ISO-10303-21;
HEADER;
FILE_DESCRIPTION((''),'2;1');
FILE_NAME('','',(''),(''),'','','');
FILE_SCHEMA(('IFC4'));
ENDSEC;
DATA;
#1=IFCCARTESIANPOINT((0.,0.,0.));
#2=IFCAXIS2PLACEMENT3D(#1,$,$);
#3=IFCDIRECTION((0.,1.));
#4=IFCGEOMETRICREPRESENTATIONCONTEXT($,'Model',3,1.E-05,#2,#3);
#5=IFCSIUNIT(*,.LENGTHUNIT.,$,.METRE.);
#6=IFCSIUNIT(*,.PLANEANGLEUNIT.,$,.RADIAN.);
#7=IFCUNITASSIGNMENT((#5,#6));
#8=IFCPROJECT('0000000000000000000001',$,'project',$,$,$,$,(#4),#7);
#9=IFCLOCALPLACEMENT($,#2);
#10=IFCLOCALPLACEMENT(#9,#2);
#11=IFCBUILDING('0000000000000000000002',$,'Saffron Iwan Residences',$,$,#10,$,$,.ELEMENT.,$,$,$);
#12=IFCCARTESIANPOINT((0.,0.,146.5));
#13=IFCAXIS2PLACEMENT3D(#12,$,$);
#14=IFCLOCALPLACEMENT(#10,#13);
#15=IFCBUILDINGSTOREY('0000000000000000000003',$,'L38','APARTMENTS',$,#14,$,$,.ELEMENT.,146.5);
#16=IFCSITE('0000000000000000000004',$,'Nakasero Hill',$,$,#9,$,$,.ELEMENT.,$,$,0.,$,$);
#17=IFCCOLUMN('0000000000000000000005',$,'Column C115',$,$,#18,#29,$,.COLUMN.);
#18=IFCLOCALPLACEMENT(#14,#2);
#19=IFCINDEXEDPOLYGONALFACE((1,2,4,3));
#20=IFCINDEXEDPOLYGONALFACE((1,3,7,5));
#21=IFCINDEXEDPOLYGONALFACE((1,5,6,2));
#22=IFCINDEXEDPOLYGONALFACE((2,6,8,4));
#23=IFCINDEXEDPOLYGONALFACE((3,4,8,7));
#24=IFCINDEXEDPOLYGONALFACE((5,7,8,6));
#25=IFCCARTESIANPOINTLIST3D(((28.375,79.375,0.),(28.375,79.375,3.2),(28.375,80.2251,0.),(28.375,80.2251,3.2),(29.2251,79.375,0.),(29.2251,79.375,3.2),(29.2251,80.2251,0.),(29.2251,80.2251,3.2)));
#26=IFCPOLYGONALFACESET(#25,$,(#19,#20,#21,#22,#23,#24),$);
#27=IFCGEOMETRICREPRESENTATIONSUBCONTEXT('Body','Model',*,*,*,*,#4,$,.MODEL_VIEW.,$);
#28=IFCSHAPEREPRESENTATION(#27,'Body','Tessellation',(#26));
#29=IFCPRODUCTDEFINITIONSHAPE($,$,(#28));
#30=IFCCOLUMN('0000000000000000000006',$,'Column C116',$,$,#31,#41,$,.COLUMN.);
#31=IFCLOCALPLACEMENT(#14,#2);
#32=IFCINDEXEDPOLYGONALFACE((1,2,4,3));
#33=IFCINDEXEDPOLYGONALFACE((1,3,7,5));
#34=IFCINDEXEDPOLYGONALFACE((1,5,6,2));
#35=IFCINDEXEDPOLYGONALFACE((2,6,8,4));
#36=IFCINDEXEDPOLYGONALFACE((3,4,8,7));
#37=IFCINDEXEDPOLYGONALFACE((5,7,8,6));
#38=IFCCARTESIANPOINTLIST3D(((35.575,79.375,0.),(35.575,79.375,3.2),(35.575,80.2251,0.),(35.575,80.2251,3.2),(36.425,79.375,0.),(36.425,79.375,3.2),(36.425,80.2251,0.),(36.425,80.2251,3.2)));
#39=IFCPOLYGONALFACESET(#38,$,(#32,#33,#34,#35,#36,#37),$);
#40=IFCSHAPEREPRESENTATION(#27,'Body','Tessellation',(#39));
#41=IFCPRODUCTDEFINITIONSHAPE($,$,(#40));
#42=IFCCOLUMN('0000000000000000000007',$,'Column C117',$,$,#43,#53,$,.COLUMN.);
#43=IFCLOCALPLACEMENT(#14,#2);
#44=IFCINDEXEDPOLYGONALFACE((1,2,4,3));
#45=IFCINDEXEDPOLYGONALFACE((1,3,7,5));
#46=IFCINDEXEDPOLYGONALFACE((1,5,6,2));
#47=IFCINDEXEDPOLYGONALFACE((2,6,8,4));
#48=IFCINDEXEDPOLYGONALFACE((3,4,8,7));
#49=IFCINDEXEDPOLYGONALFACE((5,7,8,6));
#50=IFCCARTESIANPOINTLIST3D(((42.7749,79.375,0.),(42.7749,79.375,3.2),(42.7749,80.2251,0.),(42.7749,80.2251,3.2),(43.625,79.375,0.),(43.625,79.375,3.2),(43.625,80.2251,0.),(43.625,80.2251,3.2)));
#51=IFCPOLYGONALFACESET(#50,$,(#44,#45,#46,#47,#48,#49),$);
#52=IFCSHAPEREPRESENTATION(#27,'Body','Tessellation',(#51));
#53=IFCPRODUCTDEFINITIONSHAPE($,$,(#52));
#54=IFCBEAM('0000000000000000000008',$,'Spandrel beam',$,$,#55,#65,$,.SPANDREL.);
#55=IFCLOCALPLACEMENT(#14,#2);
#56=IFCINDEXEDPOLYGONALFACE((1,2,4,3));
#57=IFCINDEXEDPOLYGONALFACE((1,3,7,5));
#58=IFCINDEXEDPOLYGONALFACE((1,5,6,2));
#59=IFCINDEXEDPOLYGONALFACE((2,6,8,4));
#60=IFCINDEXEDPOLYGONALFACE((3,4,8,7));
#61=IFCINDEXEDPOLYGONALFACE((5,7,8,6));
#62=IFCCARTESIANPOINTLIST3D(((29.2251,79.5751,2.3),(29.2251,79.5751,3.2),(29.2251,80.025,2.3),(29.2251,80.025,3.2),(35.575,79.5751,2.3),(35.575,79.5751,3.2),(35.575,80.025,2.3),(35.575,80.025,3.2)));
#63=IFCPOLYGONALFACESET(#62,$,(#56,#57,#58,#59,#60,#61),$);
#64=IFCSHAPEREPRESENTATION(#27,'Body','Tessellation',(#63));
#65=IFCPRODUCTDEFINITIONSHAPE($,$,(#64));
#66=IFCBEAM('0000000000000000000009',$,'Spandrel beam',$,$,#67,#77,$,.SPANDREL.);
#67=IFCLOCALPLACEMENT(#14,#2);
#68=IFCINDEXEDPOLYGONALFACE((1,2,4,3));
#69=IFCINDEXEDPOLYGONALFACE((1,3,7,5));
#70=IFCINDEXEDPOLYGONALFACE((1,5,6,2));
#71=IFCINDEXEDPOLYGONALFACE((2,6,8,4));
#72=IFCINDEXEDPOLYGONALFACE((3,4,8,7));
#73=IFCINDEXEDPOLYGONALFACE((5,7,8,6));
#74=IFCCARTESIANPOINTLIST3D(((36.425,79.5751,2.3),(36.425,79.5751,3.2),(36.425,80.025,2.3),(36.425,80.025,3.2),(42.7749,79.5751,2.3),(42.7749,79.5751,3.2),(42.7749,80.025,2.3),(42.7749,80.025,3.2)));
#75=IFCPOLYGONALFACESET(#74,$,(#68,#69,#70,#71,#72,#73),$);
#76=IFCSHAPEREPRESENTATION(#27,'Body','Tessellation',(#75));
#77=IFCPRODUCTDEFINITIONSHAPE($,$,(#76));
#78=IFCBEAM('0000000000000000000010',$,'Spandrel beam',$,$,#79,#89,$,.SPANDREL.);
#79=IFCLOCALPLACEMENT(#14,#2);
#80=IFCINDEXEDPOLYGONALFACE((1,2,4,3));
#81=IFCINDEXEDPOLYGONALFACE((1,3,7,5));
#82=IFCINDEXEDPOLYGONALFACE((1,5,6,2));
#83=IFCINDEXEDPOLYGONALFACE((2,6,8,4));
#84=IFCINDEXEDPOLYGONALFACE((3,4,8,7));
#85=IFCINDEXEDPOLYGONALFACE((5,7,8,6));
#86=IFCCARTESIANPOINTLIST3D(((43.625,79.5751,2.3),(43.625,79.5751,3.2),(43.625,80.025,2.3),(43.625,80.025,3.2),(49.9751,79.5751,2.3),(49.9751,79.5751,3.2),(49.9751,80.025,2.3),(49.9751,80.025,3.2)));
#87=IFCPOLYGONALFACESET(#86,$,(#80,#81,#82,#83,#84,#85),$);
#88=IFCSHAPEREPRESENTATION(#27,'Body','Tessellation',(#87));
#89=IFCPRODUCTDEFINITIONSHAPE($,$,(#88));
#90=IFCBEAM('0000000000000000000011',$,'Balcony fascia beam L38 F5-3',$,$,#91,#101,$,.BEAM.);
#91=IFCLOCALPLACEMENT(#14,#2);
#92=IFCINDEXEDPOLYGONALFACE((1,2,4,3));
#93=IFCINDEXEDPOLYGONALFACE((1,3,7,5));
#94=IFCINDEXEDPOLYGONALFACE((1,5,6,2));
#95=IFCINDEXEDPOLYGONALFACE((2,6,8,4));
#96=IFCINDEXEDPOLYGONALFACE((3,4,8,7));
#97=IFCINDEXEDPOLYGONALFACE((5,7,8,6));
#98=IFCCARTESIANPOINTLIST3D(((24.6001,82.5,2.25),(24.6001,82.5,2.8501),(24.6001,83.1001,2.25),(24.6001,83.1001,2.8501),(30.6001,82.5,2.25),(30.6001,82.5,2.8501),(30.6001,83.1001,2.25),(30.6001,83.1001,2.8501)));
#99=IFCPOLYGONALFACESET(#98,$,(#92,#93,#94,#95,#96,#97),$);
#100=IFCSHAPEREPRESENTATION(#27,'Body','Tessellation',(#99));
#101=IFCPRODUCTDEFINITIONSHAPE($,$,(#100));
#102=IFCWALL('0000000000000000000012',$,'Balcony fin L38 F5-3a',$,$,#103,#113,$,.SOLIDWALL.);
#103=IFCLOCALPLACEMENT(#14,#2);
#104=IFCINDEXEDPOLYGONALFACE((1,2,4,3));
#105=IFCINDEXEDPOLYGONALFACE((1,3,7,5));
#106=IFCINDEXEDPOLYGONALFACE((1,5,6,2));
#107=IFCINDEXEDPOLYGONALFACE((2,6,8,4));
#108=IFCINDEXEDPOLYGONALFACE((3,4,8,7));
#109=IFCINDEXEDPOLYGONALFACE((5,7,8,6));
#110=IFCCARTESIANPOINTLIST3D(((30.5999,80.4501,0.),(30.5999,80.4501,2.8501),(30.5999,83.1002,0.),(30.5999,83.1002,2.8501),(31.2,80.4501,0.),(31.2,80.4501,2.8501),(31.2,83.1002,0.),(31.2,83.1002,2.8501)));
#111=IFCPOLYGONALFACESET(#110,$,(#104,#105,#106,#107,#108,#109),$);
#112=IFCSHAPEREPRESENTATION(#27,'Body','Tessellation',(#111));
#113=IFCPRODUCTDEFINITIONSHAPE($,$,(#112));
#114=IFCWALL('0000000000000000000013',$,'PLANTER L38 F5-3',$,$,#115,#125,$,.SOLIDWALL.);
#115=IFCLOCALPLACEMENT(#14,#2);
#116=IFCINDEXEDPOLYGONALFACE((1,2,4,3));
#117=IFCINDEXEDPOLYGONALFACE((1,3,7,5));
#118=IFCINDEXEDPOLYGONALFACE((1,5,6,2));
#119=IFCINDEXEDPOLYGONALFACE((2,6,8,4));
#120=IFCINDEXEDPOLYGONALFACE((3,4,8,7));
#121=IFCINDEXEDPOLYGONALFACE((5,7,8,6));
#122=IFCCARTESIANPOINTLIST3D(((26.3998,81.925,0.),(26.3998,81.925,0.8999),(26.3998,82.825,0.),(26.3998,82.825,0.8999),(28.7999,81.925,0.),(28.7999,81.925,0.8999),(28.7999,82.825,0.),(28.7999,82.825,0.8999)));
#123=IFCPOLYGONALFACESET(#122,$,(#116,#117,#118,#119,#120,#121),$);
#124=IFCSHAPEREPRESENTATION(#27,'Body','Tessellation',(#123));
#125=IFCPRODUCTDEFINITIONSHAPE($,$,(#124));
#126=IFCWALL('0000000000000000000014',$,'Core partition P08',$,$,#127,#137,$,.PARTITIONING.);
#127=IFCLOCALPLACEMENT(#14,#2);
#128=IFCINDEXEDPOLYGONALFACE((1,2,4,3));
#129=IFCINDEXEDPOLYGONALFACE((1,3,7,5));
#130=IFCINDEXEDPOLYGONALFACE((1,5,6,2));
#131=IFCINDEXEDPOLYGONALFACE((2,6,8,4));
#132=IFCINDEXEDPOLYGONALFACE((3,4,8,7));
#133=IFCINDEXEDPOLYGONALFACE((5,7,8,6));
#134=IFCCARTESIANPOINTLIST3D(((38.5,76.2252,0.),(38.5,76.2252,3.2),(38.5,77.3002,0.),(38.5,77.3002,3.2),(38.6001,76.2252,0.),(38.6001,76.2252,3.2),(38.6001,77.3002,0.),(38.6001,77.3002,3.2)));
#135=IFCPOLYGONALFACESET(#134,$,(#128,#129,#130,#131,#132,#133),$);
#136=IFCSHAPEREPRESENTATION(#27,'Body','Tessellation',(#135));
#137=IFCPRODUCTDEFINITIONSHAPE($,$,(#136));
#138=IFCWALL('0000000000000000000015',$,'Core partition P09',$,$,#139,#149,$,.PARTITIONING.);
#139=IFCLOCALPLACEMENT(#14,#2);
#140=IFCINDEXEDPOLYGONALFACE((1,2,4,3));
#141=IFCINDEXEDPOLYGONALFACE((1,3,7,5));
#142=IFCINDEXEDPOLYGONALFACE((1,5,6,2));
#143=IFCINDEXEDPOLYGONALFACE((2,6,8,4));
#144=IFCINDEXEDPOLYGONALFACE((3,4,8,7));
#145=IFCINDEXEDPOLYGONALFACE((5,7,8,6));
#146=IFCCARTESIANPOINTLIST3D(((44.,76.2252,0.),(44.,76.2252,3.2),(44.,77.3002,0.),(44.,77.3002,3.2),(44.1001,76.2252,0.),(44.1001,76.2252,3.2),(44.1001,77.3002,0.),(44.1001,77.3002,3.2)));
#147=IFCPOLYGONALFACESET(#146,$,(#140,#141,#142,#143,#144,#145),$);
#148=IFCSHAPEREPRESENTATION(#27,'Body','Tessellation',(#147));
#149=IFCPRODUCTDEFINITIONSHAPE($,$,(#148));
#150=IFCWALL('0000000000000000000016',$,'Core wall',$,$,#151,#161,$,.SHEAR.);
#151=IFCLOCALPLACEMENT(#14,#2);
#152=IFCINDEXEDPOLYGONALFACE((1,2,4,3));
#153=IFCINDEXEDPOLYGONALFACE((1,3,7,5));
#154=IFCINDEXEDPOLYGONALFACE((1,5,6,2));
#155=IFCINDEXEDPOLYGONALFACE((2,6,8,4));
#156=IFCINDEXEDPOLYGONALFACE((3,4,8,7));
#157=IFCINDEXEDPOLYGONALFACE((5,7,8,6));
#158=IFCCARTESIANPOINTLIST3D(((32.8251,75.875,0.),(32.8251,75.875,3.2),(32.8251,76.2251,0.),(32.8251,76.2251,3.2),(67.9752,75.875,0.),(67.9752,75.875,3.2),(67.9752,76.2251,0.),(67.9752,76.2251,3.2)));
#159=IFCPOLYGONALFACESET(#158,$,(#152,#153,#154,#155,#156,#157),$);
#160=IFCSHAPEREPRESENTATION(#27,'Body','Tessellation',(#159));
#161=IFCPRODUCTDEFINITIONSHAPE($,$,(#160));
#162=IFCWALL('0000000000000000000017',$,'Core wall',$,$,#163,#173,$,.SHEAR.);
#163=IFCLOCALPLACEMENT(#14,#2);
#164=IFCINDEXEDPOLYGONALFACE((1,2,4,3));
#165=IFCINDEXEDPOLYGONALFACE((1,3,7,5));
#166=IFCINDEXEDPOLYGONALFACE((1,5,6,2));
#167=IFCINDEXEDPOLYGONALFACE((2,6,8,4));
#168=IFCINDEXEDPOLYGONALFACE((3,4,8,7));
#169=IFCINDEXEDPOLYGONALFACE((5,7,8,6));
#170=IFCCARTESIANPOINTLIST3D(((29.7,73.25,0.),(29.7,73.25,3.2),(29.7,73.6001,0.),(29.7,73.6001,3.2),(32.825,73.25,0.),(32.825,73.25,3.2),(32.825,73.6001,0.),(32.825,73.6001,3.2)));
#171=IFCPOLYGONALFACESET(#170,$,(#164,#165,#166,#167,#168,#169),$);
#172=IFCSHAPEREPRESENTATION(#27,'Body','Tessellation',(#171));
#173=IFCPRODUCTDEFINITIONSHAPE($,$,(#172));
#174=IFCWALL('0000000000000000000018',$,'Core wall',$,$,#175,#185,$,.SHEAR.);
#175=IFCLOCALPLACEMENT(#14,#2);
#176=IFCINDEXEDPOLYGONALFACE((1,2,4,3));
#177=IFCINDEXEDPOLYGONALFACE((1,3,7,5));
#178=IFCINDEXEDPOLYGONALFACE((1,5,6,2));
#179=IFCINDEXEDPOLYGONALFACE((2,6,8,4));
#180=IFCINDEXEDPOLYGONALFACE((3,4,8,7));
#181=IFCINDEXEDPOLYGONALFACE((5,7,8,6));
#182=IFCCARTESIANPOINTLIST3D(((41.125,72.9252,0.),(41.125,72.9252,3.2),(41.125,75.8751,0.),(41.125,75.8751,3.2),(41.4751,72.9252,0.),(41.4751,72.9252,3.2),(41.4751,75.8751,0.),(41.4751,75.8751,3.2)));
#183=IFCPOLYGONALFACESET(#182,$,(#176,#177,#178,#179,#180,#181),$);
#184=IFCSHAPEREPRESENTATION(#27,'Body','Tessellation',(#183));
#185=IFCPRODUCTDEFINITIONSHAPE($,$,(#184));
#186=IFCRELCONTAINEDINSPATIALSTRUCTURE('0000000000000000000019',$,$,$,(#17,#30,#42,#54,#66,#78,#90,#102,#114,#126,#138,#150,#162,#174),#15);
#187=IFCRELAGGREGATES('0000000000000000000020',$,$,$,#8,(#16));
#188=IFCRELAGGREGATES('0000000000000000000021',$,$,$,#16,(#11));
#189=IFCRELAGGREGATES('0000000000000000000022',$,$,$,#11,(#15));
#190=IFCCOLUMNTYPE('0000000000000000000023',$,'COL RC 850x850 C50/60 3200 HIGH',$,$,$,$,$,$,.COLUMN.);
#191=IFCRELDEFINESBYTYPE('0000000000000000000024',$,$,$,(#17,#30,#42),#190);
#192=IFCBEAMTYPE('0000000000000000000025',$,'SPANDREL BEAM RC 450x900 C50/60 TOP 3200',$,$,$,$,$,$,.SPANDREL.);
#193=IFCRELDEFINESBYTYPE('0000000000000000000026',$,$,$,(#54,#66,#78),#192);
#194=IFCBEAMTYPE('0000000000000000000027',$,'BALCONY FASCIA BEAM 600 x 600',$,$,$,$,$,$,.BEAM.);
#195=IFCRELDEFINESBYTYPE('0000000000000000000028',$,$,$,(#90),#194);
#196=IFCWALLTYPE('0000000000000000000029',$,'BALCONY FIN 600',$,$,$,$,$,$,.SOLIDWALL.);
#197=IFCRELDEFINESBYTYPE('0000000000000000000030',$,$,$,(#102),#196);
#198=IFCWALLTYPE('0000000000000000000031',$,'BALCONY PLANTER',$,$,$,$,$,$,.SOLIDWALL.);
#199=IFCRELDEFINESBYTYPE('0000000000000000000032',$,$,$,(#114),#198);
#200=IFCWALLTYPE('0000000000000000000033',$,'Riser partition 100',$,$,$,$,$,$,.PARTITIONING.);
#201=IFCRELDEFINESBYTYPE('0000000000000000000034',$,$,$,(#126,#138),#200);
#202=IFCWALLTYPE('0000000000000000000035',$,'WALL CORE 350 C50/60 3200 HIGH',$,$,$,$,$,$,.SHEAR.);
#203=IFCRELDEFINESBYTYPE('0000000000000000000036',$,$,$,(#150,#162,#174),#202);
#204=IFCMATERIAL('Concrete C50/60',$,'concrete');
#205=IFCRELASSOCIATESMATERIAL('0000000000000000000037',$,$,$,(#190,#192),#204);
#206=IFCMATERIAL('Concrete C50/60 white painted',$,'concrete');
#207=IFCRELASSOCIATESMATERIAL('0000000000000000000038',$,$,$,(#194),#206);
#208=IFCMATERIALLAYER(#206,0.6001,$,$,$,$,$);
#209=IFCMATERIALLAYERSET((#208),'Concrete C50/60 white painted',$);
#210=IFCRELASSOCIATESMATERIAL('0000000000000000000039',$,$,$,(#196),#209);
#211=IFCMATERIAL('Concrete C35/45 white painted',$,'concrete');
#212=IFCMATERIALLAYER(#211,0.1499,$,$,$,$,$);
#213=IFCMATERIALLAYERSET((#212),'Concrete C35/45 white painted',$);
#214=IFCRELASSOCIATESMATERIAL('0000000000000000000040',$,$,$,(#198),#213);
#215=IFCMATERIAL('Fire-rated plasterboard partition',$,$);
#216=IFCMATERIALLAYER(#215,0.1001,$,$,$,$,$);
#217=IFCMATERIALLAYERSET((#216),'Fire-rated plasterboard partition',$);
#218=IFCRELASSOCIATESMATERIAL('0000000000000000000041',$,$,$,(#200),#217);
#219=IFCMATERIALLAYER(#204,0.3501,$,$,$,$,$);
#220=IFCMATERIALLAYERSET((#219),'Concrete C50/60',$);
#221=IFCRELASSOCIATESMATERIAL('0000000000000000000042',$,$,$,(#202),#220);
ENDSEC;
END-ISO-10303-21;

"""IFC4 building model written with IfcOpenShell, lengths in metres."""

from ifc_helpers import new_model, si_unit, direction, frame, frame_2d, origin, origin_2d, place, context, subcontext, project, spatial, rectangle, extrude, source, transform, mapped, material, layer, layer_set, material_profile, profile_set, type_object, element, save


model = new_model("IFC4")

# Units and contexts
model_context = context("Model", 3, precision=1e-05, world=origin(), true_north=direction((0.0, 1.0)))
body_context = subcontext(model_context, "Body", "Model", "MODEL_VIEW")
ifc_project = project(units=[si_unit("LENGTHUNIT", "METRE"), si_unit("PLANEANGLEUNIT", "RADIAN")], contexts=[model_context])

# Site, building, storey
site_placement = place(None, origin())
site = spatial("IfcSite", under=ifc_project, at=site_placement, Name="Nakasero Hill", CompositionType="ELEMENT", RefElevation=0.0)
building_placement = place(site_placement, origin())
building = spatial("IfcBuilding", under=site, at=building_placement, Name="Saffron Iwan Residences", CompositionType="ELEMENT")
storey_placement = place(building_placement, frame((0.0, 0.0, 146.5)))
storey = spatial("IfcBuildingStorey", under=building, at=storey_placement, Name="L38", Description="APARTMENTS", CompositionType="ELEMENT", Elevation=146.5)

# Columns
ifc_material_1 = material(Name="Concrete C50/60", Category="concrete")
ifc_material_profile_1 = material_profile(ifc_material_1, rectangle(XDim=0.8501, YDim=0.8501, at=origin_2d()), Name="RC 850x850")
ifc_profile_set_1 = profile_set([ifc_material_profile_1], Name="Concrete C50/60")
column_type = type_object("IfcColumnType", Name="COL RC 850x850 C50/60 3200 HIGH", PredefinedType="COLUMN", material=ifc_profile_set_1)
shared_shape_1 = source(origin(), body_context, "Body", "SweptSolid", [
    extrude(rectangle(XDim=0.8501, YDim=0.8501, at=origin_2d()), origin(), (0.0, 0.0, 1.0), 3.2),
])
for number, where, z_axis, x_axis, name in (
    (1, (28.8, 79.8, 0.0), (0.0, 0.0, 1.0), (1.0, 0.0, 0.0), "Column C115"),
    (2, (36.0, 79.8, 0.0), (0.0, 0.0, 1.0), (1.0, 0.0, 0.0), "Column C116"),
    (3, (43.2, 79.8, 0.0), (0.0, 0.0, 1.0), (1.0, 0.0, 0.0), "Column C117"),
):
    element("IfcColumn", number, at=place(storey_placement, frame(where, z_axis=z_axis, x_axis=x_axis)), inside=storey, type_object=column_type, Name=name, PredefinedType="COLUMN", context=body_context, shape_type="MappedRepresentation", body=[
        mapped(shared_shape_1, transform((0.0, 0.0, 0.0))),
    ])

# Beams
ifc_material_profile_2 = material_profile(ifc_material_1, rectangle(XDim=0.45, YDim=0.8999, at=origin_2d()), Name="RC 450x900")
ifc_profile_set_2 = profile_set([ifc_material_profile_2], Name="Concrete C50/60")
beam_type_1 = type_object("IfcBeamType", Name="SPANDREL BEAM RC 450x900 C50/60 TOP 3200", PredefinedType="SPANDREL", material=ifc_profile_set_2)
shared_shape_2 = source(origin(), body_context, "Body", "SweptSolid", [
    extrude(rectangle(XDim=0.45, YDim=0.8999, at=origin_2d()), origin(), (0.0, 0.0, 1.0), 6.3499),
])
for number, where, z_axis, x_axis, name in (
    (4, (29.2251, 79.8, 2.75), (1.0, 0.0, 0.0), (0.0, 1.0, 0.0), "Spandrel beam"),
    (5, (36.425, 79.8, 2.75), (1.0, 0.0, 0.0), (0.0, 1.0, 0.0), "Spandrel beam"),
):
    element("IfcBeam", number, at=place(storey_placement, frame(where, z_axis=z_axis, x_axis=x_axis)), inside=storey, type_object=beam_type_1, Name=name, PredefinedType="SPANDREL", context=body_context, shape_type="MappedRepresentation", body=[
        mapped(shared_shape_2, transform((0.0, 0.0, 0.0))),
    ])
shared_shape_3 = source(origin(), body_context, "Body", "SweptSolid", [
    extrude(rectangle(XDim=0.45, YDim=0.8999, at=origin_2d()), origin(), (0.0, 0.0, 1.0), 6.3501),
])
beam_1_placement = place(storey_placement, frame((43.625, 79.8, 2.75), z_axis=(1.0, 0.0, 0.0), x_axis=(0.0, 1.0, 0.0)))
element("IfcBeam", 6, at=beam_1_placement, inside=storey, type_object=beam_type_1, Name="Spandrel beam", PredefinedType="SPANDREL", context=body_context, shape_type="MappedRepresentation", body=[
    mapped(shared_shape_3, transform((0.0, 0.0, 0.0))),
])
ifc_material_2 = material(Name="Concrete C50/60 white painted", Category="concrete")
ifc_material_profile_3 = material_profile(ifc_material_2, rectangle(XDim=0.6001, YDim=0.6001, at=origin_2d()), Name="BALCONY FASCIA BEAM 600 x 600")
ifc_profile_set_3 = profile_set([ifc_material_profile_3], Name="Concrete C50/60 white painted")
beam_type_2 = type_object("IfcBeamType", Name="BALCONY FASCIA BEAM 600 x 600", PredefinedType="BEAM", material=ifc_profile_set_3)
shared_shape_4 = source(origin(), body_context, "Body", "SweptSolid", [
    extrude(rectangle(XDim=0.6001, YDim=0.6001, at=origin_2d()), origin(), (0.0, 0.0, 1.0), 6.0),
])
beam_2_placement = place(storey_placement, frame((30.6001, 82.8, 2.55), z_axis=(-1.0, 0.0, 0.0), x_axis=(0.0, -1.0, 0.0)))
element("IfcBeam", 7, at=beam_2_placement, inside=storey, type_object=beam_type_2, Name="Balcony fascia beam L38 F5-3", PredefinedType="BEAM", context=body_context, shape_type="MappedRepresentation", body=[
    mapped(shared_shape_4, transform((0.0, 0.0, 0.0))),
])

# Walls
ifc_layer_1 = layer(ifc_material_2, 0.6001)
ifc_layer_set_1 = layer_set([ifc_layer_1], Name="Concrete C50/60 white painted")
wall_type_1 = type_object("IfcWallType", Name="BALCONY FIN 600", PredefinedType="SOLIDWALL", material=ifc_layer_set_1)
wall_1_placement = place(storey_placement, frame((30.8999, 80.45, 0.0), z_axis=(0.0, 0.0, 1.0), x_axis=(0.0, 1.0, 0.0)))
element("IfcWall", 8, at=wall_1_placement, inside=storey, type_object=wall_type_1, Name="Balcony fin L38 F5-3a", PredefinedType="SOLIDWALL", context=body_context, shape_type="SweptSolid", body=[
    extrude(rectangle(XDim=2.6501, YDim=0.6001, at=frame_2d((1.3252, 0.0))), origin(), (0.0, 0.0, 1.0), 2.8501),
])
ifc_material_3 = material(Name="Concrete C35/45 white painted", Category="concrete")
ifc_layer_2 = layer(ifc_material_3, 0.1499)
ifc_layer_set_2 = layer_set([ifc_layer_2], Name="Concrete C35/45 white painted")
wall_type_2 = type_object("IfcWallType", Name="BALCONY PLANTER", PredefinedType="SOLIDWALL", material=ifc_layer_set_2)
wall_2_placement = place(storey_placement, frame((28.8, 82.375, 0.0), z_axis=(0.0, 0.0, 1.0), x_axis=(-1.0, 0.0, 0.0)))
element("IfcWall", 9, at=wall_2_placement, inside=storey, type_object=wall_type_2, Name="PLANTER L38 F5-3", PredefinedType="SOLIDWALL", context=body_context, shape_type="SweptSolid", body=[
    extrude(rectangle(XDim=2.4001, YDim=0.8999, at=frame_2d((1.2002, 0.0))), origin(), (0.0, 0.0, 1.0), 0.8999),
])
ifc_material_4 = material(Name="Fire-rated plasterboard partition")
ifc_layer_3 = layer(ifc_material_4, 0.1001)
ifc_layer_set_3 = layer_set([ifc_layer_3], Name="Fire-rated plasterboard partition")
wall_type_3 = type_object("IfcWallType", Name="Riser partition 100", PredefinedType="PARTITIONING", material=ifc_layer_set_3)
for number, where, z_axis, x_axis, name in (
    (10, (38.55, 76.2251, 0.0), (0.0, 0.0, 1.0), (0.0, 1.0, 0.0), "Core partition P08"),
    (11, (44.05, 76.2251, 0.0), (0.0, 0.0, 1.0), (0.0, 1.0, 0.0), "Core partition P09"),
):
    element("IfcWall", number, at=place(storey_placement, frame(where, z_axis=z_axis, x_axis=x_axis)), inside=storey, type_object=wall_type_3, Name=name, PredefinedType="PARTITIONING", context=body_context, shape_type="SweptSolid", body=[
        extrude(rectangle(XDim=1.075, YDim=0.1001, at=frame_2d((0.5376, 0.0))), origin(), (0.0, 0.0, 1.0), 3.2),
    ])
ifc_layer_4 = layer(ifc_material_1, 0.3501)
ifc_layer_set_4 = layer_set([ifc_layer_4], Name="Concrete C50/60")
wall_type_4 = type_object("IfcWallType", Name="WALL CORE 350 C50/60 3200 HIGH", PredefinedType="SHEAR", material=ifc_layer_set_4)
wall_3_placement = place(storey_placement, frame((32.825, 76.05, 0.0), z_axis=(0.0, 0.0, 1.0), x_axis=(1.0, 0.0, 0.0)))
element("IfcWall", 12, at=wall_3_placement, inside=storey, type_object=wall_type_4, Name="Core wall", PredefinedType="SHEAR", context=body_context, shape_type="SweptSolid", body=[
    extrude(rectangle(XDim=35.1501, YDim=0.3501, at=frame_2d((17.5752, 0.0))), origin(), (0.0, 0.0, 1.0), 3.2),
])
wall_4_placement = place(storey_placement, frame((29.7, 73.425, 0.0), z_axis=(0.0, 0.0, 1.0), x_axis=(1.0, 0.0, 0.0)))
element("IfcWall", 13, at=wall_4_placement, inside=storey, type_object=wall_type_4, Name="Core wall", PredefinedType="SHEAR", context=body_context, shape_type="SweptSolid", body=[
    extrude(rectangle(XDim=3.125, YDim=0.3501, at=frame_2d((1.5625, 0.0))), origin(), (0.0, 0.0, 1.0), 3.2),
])
for number, where, z_axis, x_axis, name in (
    (14, (41.3, 72.925, 0.0), (0.0, 0.0, 1.0), (0.0, 1.0, 0.0), "Core wall"),
):
    element("IfcWall", number, at=place(storey_placement, frame(where, z_axis=z_axis, x_axis=x_axis)), inside=storey, type_object=wall_type_4, Name=name, PredefinedType="SHEAR", context=body_context, shape_type="SweptSolid", body=[
        extrude(rectangle(XDim=2.95, YDim=0.3501, at=frame_2d((1.4751, 0.0))), origin(), (0.0, 0.0, 1.0), 3.2),
    ])

save(model, "model.ifc")
